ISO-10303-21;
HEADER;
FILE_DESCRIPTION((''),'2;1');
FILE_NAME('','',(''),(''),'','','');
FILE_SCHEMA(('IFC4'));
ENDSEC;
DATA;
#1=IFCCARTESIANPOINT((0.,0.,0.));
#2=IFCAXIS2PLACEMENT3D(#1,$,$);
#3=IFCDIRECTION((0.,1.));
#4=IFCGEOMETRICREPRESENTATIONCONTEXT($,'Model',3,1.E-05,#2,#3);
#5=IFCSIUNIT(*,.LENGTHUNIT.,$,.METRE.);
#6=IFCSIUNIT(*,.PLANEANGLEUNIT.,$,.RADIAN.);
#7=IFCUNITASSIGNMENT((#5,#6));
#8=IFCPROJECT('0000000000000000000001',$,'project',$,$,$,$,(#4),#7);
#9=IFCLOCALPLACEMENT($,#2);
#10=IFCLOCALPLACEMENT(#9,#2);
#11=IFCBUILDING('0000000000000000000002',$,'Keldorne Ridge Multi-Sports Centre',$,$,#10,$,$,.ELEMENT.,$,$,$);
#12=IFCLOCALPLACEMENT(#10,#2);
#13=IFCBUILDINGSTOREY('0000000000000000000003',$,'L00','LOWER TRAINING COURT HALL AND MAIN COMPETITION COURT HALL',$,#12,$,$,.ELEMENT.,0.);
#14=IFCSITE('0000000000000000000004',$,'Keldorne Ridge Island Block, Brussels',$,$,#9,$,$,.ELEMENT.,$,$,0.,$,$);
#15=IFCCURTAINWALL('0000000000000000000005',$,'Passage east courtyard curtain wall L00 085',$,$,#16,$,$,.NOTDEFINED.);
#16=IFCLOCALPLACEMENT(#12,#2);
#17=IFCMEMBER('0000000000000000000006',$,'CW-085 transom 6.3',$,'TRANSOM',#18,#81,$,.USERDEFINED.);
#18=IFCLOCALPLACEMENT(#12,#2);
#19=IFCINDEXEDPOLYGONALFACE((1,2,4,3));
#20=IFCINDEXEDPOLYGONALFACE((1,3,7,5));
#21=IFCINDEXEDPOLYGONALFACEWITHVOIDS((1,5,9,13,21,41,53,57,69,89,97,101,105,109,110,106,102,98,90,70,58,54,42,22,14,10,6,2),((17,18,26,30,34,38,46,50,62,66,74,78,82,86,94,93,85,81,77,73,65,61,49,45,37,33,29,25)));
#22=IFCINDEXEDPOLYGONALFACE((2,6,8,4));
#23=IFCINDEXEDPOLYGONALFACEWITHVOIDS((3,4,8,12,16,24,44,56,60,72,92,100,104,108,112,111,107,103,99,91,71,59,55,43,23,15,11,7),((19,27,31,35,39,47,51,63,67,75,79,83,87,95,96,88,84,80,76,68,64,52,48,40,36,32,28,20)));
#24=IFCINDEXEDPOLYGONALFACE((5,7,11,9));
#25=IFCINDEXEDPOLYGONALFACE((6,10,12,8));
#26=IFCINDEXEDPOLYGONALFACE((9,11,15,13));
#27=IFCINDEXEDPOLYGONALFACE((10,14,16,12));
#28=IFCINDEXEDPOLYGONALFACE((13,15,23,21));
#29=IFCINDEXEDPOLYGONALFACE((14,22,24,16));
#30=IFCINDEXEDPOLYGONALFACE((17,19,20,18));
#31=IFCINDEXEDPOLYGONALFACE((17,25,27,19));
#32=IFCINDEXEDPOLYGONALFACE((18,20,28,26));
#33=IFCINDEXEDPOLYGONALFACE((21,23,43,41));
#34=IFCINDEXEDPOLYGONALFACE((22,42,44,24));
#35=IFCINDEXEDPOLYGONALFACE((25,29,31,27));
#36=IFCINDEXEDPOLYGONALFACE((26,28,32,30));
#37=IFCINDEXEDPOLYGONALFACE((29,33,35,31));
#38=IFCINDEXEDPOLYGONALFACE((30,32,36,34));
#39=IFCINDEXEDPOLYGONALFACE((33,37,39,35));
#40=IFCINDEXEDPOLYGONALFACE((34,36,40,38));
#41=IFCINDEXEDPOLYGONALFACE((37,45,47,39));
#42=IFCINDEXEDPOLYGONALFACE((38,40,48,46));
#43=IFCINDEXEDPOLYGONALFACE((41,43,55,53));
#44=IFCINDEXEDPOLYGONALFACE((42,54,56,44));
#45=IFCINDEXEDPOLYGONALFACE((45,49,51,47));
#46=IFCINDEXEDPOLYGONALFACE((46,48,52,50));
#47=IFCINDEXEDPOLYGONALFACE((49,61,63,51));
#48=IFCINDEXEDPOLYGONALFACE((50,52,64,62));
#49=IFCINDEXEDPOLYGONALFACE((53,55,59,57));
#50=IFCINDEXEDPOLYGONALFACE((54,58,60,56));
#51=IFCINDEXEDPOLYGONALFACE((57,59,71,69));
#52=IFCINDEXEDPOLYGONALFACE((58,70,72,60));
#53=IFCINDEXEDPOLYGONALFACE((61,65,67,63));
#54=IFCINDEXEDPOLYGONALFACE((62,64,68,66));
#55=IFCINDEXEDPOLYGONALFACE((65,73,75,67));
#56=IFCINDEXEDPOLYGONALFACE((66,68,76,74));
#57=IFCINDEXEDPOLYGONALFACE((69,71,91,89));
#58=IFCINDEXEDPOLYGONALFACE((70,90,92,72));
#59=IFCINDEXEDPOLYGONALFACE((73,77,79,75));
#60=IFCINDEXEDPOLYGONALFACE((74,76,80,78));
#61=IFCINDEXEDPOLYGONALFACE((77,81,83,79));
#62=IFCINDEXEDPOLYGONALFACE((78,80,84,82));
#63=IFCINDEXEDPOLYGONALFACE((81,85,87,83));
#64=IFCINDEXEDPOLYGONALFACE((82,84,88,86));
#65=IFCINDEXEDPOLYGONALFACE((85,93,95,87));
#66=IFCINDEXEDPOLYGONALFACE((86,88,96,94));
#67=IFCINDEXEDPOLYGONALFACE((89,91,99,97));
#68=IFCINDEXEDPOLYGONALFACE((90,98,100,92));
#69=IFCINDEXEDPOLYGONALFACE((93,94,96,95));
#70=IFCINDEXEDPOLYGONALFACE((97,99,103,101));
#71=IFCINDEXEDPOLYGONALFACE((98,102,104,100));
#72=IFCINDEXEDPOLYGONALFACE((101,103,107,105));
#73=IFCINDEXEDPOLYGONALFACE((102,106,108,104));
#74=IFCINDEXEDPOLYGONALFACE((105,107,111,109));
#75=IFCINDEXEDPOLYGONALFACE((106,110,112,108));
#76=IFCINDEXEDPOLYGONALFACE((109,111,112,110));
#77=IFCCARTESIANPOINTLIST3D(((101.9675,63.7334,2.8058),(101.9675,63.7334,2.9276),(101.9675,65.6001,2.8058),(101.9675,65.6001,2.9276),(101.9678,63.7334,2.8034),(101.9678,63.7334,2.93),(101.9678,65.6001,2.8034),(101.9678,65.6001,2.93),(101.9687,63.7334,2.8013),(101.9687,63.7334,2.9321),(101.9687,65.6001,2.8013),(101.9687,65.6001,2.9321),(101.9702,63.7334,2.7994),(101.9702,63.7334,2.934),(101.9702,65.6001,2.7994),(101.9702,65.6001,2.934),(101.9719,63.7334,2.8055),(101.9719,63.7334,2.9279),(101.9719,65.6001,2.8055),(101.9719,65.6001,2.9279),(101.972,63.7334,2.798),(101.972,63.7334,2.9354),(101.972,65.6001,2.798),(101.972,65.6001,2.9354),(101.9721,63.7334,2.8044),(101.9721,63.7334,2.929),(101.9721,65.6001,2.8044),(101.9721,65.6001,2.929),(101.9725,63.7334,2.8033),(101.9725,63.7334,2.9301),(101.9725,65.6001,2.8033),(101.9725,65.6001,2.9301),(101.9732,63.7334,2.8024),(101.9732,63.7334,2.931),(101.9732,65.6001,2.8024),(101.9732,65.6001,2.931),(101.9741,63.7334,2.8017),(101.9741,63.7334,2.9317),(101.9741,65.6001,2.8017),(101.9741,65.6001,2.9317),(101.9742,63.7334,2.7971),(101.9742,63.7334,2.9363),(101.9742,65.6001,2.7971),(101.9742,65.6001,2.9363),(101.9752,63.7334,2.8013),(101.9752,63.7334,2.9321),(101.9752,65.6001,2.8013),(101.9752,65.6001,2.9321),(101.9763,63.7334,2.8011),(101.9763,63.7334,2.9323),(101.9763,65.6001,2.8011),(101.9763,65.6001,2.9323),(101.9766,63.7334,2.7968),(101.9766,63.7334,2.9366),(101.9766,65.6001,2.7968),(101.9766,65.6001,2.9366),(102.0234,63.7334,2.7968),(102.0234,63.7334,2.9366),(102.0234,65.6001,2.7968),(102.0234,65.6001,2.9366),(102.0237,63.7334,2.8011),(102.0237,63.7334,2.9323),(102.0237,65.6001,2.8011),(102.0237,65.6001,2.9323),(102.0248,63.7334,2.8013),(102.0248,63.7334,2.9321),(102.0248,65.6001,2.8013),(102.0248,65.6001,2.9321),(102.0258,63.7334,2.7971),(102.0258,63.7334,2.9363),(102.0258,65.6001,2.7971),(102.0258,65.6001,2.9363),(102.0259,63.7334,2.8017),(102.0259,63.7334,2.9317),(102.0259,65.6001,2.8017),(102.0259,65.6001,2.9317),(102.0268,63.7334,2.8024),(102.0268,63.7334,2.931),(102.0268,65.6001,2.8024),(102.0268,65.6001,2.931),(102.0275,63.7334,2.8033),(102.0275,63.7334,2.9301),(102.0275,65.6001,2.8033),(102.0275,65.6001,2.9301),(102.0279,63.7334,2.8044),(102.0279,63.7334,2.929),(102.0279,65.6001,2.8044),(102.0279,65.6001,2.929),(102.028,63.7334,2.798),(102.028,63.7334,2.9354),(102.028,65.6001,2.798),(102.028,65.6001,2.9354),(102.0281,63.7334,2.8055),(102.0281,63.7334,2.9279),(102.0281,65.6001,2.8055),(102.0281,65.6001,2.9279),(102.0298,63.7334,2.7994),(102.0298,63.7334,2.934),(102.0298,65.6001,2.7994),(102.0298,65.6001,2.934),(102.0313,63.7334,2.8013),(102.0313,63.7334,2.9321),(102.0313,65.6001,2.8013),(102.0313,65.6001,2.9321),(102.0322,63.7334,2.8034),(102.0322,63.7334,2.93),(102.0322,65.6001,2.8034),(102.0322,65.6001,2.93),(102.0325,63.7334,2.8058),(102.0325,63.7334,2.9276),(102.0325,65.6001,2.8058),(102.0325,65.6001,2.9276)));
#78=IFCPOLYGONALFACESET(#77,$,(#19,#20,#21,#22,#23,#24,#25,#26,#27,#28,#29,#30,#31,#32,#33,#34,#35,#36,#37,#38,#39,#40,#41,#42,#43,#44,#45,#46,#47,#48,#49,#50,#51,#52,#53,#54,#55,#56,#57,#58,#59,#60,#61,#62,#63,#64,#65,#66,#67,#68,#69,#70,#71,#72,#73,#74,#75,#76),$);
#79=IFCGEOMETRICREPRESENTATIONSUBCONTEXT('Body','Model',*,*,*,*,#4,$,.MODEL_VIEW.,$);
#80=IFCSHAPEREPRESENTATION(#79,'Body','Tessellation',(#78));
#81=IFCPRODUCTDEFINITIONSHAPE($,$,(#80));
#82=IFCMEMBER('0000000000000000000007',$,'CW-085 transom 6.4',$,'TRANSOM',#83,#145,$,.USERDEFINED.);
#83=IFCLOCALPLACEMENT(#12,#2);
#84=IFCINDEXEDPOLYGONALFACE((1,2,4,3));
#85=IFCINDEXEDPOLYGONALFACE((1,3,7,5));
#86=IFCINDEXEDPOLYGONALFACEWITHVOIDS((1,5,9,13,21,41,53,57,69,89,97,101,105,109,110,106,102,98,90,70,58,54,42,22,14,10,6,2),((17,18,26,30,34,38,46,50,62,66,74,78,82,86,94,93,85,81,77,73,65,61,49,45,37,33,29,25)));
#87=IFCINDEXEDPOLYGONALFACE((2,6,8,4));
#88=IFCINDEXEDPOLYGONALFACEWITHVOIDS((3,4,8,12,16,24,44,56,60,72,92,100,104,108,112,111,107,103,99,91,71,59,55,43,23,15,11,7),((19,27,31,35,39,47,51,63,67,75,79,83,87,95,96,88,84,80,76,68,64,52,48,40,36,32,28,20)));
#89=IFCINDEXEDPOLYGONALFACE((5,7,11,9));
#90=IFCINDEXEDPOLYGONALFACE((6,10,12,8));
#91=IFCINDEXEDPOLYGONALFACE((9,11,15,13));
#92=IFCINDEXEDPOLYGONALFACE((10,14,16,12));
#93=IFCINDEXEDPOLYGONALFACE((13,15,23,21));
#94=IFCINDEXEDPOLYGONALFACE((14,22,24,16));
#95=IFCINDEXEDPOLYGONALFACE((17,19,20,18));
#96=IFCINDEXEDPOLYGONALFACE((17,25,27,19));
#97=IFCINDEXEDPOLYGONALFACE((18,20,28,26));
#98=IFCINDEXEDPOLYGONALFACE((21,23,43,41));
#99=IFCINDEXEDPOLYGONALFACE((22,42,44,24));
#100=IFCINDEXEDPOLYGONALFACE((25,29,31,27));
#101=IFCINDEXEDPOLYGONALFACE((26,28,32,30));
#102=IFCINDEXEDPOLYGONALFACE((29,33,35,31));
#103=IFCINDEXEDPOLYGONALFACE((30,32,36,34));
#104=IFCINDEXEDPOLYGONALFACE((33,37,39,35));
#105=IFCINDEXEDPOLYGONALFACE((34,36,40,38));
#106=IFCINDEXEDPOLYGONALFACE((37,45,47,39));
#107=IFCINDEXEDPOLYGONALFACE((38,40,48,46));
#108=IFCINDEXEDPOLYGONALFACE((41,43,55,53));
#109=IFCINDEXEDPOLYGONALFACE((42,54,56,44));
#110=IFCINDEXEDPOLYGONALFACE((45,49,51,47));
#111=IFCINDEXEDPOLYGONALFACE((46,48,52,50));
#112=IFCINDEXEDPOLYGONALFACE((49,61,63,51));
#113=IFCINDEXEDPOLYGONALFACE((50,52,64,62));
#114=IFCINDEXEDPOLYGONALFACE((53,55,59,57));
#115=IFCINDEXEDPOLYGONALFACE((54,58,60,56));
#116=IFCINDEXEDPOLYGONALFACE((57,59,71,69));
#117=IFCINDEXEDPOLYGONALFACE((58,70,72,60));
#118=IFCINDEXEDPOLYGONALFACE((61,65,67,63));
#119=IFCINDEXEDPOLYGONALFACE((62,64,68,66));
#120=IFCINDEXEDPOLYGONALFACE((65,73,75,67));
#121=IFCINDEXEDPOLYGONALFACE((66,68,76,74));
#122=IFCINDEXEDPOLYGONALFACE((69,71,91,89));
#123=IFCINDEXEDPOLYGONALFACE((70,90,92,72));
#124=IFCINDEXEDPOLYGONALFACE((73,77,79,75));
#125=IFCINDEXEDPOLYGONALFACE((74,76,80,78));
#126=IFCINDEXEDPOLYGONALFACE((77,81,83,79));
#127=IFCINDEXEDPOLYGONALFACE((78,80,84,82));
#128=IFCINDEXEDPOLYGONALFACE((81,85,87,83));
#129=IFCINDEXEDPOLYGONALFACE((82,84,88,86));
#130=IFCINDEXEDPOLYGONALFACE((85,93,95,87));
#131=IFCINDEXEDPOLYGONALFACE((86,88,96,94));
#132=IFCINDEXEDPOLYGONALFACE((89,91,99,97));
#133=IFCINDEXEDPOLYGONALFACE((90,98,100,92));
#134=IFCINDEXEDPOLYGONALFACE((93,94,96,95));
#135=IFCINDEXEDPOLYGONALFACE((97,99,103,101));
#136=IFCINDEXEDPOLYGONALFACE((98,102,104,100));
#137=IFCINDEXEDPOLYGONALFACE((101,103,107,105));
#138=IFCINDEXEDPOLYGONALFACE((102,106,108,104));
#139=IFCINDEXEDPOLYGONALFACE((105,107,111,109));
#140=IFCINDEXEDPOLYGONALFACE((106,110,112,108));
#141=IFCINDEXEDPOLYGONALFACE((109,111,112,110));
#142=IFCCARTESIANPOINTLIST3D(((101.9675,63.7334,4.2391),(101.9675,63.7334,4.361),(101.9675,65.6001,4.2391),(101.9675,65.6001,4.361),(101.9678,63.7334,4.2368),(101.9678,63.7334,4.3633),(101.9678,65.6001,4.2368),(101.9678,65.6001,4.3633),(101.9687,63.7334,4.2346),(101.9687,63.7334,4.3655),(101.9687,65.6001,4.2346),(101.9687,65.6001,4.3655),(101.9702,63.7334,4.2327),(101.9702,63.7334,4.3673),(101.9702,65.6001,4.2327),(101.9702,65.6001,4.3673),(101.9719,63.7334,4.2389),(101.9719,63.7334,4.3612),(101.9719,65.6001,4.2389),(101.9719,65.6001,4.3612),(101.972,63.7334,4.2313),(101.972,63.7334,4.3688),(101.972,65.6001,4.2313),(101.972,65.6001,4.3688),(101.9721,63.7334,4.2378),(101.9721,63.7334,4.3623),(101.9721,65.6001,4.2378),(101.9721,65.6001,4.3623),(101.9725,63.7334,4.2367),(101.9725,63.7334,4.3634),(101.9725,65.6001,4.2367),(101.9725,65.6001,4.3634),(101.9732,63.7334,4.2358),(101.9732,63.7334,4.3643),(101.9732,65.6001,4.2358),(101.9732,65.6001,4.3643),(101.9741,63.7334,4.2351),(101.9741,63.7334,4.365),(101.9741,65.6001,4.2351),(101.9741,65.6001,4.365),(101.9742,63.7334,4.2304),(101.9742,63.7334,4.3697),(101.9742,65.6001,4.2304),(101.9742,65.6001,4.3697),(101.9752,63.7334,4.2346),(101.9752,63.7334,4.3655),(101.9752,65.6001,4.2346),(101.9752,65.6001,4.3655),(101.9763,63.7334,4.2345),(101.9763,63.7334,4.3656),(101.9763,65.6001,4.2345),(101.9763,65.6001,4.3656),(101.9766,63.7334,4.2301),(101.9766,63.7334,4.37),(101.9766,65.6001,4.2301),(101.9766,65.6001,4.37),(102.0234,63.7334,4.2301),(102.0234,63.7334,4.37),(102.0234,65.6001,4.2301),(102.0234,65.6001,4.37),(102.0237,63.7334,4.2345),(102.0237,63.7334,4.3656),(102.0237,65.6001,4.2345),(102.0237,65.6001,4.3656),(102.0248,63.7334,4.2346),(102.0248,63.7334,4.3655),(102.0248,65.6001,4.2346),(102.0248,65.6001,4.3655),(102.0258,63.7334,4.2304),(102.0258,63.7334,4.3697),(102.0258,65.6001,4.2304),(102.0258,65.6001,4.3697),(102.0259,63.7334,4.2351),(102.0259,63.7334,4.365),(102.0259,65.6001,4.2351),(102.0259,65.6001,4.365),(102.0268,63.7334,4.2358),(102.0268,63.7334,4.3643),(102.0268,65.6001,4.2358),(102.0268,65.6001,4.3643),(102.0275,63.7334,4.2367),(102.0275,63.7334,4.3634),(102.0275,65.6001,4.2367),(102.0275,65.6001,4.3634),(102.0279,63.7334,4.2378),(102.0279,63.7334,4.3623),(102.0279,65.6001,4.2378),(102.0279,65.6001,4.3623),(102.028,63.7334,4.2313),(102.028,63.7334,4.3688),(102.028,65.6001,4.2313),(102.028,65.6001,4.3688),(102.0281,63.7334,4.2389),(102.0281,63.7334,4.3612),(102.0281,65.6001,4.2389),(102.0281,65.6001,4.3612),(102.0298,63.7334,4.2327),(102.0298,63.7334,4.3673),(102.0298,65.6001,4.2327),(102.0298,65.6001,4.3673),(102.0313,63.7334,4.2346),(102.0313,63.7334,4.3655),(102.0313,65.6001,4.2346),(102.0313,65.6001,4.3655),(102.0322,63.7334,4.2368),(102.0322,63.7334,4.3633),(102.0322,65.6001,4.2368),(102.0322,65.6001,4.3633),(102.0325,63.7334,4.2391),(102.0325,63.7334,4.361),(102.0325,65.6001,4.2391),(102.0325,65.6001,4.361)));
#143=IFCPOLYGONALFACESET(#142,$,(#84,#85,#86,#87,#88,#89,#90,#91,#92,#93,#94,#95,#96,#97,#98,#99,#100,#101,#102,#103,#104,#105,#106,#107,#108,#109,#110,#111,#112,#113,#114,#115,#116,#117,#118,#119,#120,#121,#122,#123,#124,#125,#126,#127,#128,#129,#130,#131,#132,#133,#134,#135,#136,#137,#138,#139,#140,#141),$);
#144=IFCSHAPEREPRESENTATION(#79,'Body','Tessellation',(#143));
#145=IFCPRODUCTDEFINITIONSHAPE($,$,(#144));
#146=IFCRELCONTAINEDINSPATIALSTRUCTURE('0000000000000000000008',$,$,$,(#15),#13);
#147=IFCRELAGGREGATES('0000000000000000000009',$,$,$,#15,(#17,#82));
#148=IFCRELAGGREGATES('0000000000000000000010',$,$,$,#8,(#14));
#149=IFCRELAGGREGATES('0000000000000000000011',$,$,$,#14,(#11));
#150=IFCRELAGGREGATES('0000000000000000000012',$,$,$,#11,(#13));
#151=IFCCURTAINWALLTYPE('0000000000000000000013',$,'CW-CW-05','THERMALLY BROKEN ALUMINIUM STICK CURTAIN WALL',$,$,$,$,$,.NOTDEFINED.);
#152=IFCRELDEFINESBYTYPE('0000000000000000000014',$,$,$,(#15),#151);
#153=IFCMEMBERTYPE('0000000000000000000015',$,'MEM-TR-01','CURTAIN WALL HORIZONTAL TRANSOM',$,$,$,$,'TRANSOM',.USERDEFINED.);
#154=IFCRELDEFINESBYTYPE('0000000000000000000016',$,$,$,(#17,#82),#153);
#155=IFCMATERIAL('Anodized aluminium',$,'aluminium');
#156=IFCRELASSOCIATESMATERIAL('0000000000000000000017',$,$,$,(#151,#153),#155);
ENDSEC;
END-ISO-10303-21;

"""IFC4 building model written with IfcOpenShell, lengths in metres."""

from ifc_helpers import new_model, si_unit, direction, frame, origin, origin_2d, place, context, subcontext, project, spatial, hollow_rectangle, extrude, material, material_profile, profile_set, type_object, element, aggregate, save


model = new_model("IFC4")

# Units and contexts
model_context = context("Model", 3, precision=1e-05, world=origin(), true_north=direction((0.0, 1.0)))
body_context = subcontext(model_context, "Body", "Model", "MODEL_VIEW")
ifc_project = project(units=[si_unit("LENGTHUNIT", "METRE"), si_unit("PLANEANGLEUNIT", "RADIAN")], contexts=[model_context])

# Site, building, storey
site_placement = place(None, origin())
site = spatial("IfcSite", under=ifc_project, at=site_placement, Name="Keldorne Ridge Island Block, Brussels", CompositionType="ELEMENT", RefElevation=0.0)
building_placement = place(site_placement, origin())
building = spatial("IfcBuilding", under=site, at=building_placement, Name="Keldorne Ridge Multi-Sports Centre", CompositionType="ELEMENT")
storey_placement = place(building_placement, origin())
storey = spatial("IfcBuildingStorey", under=building, at=storey_placement, Name="L00", Description="LOWER TRAINING COURT HALL AND MAIN COMPETITION COURT HALL", CompositionType="ELEMENT", Elevation=0.0)

# Curtain wall
ifc_material_1 = material(Name="Anodized aluminium", Category="aluminium")
curtain_wall_type_1 = type_object("IfcCurtainWallType", Name="CW-CW-05", Description="THERMALLY BROKEN ALUMINIUM STICK CURTAIN WALL", PredefinedType="NOTDEFINED", material=ifc_material_1)
curtain_wall_1_placement = place(storey_placement, origin())
curtain_wall_1 = element("IfcCurtainWall", 1, at=curtain_wall_1_placement, inside=storey, type_object=curtain_wall_type_1, Name="Passage east courtyard curtain wall L00 085", PredefinedType="NOTDEFINED")

# Members
ifc_material_profile_1 = material_profile(ifc_material_1, hollow_rectangle(XDim=0.0649, YDim=0.1399, WallThickness=0.0044, InnerFilletRadius=0.0044, OuterFilletRadius=0.009, at=origin_2d()), Name="ALU TRANSOM 140x65x4.5")
ifc_profile_set_1 = profile_set([ifc_material_profile_1], Name="Anodized aluminium")
member_type_1 = type_object("IfcMemberType", Name="MEM-TR-01", Description="CURTAIN WALL HORIZONTAL TRANSOM", ElementType="TRANSOM", PredefinedType="USERDEFINED", material=ifc_profile_set_1)
member_1_placement = place(storey_placement, frame((102.0, 63.7334, 2.8667), z_axis=(0.0, 1.0, 0.0), x_axis=(-1.0, 0.0, 0.0)))
member_1 = element("IfcMember", 2, at=member_1_placement, type_object=member_type_1, Name="CW-085 transom 6.3", ObjectType="TRANSOM", PredefinedType="USERDEFINED", context=body_context, shape_type="SweptSolid", body=[
    extrude(hollow_rectangle(XDim=0.0649, YDim=0.1399, WallThickness=0.0044, InnerFilletRadius=0.0044, OuterFilletRadius=0.009, at=origin_2d()), origin(), (0.0, 0.0, 1.0), 1.8667),
])
member_2_placement = place(storey_placement, frame((102.0, 63.7334, 4.3), z_axis=(0.0, 1.0, 0.0), x_axis=(-1.0, 0.0, 0.0)))
member_2 = element("IfcMember", 3, at=member_2_placement, type_object=member_type_1, Name="CW-085 transom 6.4", ObjectType="TRANSOM", PredefinedType="USERDEFINED", context=body_context, shape_type="SweptSolid", body=[
    extrude(hollow_rectangle(XDim=0.0649, YDim=0.1399, WallThickness=0.0044, InnerFilletRadius=0.0044, OuterFilletRadius=0.009, at=origin_2d()), origin(), (0.0, 0.0, 1.0), 1.8667),
])

aggregate(curtain_wall_1, [member_1, member_2])

save(model, "model.ifc")
